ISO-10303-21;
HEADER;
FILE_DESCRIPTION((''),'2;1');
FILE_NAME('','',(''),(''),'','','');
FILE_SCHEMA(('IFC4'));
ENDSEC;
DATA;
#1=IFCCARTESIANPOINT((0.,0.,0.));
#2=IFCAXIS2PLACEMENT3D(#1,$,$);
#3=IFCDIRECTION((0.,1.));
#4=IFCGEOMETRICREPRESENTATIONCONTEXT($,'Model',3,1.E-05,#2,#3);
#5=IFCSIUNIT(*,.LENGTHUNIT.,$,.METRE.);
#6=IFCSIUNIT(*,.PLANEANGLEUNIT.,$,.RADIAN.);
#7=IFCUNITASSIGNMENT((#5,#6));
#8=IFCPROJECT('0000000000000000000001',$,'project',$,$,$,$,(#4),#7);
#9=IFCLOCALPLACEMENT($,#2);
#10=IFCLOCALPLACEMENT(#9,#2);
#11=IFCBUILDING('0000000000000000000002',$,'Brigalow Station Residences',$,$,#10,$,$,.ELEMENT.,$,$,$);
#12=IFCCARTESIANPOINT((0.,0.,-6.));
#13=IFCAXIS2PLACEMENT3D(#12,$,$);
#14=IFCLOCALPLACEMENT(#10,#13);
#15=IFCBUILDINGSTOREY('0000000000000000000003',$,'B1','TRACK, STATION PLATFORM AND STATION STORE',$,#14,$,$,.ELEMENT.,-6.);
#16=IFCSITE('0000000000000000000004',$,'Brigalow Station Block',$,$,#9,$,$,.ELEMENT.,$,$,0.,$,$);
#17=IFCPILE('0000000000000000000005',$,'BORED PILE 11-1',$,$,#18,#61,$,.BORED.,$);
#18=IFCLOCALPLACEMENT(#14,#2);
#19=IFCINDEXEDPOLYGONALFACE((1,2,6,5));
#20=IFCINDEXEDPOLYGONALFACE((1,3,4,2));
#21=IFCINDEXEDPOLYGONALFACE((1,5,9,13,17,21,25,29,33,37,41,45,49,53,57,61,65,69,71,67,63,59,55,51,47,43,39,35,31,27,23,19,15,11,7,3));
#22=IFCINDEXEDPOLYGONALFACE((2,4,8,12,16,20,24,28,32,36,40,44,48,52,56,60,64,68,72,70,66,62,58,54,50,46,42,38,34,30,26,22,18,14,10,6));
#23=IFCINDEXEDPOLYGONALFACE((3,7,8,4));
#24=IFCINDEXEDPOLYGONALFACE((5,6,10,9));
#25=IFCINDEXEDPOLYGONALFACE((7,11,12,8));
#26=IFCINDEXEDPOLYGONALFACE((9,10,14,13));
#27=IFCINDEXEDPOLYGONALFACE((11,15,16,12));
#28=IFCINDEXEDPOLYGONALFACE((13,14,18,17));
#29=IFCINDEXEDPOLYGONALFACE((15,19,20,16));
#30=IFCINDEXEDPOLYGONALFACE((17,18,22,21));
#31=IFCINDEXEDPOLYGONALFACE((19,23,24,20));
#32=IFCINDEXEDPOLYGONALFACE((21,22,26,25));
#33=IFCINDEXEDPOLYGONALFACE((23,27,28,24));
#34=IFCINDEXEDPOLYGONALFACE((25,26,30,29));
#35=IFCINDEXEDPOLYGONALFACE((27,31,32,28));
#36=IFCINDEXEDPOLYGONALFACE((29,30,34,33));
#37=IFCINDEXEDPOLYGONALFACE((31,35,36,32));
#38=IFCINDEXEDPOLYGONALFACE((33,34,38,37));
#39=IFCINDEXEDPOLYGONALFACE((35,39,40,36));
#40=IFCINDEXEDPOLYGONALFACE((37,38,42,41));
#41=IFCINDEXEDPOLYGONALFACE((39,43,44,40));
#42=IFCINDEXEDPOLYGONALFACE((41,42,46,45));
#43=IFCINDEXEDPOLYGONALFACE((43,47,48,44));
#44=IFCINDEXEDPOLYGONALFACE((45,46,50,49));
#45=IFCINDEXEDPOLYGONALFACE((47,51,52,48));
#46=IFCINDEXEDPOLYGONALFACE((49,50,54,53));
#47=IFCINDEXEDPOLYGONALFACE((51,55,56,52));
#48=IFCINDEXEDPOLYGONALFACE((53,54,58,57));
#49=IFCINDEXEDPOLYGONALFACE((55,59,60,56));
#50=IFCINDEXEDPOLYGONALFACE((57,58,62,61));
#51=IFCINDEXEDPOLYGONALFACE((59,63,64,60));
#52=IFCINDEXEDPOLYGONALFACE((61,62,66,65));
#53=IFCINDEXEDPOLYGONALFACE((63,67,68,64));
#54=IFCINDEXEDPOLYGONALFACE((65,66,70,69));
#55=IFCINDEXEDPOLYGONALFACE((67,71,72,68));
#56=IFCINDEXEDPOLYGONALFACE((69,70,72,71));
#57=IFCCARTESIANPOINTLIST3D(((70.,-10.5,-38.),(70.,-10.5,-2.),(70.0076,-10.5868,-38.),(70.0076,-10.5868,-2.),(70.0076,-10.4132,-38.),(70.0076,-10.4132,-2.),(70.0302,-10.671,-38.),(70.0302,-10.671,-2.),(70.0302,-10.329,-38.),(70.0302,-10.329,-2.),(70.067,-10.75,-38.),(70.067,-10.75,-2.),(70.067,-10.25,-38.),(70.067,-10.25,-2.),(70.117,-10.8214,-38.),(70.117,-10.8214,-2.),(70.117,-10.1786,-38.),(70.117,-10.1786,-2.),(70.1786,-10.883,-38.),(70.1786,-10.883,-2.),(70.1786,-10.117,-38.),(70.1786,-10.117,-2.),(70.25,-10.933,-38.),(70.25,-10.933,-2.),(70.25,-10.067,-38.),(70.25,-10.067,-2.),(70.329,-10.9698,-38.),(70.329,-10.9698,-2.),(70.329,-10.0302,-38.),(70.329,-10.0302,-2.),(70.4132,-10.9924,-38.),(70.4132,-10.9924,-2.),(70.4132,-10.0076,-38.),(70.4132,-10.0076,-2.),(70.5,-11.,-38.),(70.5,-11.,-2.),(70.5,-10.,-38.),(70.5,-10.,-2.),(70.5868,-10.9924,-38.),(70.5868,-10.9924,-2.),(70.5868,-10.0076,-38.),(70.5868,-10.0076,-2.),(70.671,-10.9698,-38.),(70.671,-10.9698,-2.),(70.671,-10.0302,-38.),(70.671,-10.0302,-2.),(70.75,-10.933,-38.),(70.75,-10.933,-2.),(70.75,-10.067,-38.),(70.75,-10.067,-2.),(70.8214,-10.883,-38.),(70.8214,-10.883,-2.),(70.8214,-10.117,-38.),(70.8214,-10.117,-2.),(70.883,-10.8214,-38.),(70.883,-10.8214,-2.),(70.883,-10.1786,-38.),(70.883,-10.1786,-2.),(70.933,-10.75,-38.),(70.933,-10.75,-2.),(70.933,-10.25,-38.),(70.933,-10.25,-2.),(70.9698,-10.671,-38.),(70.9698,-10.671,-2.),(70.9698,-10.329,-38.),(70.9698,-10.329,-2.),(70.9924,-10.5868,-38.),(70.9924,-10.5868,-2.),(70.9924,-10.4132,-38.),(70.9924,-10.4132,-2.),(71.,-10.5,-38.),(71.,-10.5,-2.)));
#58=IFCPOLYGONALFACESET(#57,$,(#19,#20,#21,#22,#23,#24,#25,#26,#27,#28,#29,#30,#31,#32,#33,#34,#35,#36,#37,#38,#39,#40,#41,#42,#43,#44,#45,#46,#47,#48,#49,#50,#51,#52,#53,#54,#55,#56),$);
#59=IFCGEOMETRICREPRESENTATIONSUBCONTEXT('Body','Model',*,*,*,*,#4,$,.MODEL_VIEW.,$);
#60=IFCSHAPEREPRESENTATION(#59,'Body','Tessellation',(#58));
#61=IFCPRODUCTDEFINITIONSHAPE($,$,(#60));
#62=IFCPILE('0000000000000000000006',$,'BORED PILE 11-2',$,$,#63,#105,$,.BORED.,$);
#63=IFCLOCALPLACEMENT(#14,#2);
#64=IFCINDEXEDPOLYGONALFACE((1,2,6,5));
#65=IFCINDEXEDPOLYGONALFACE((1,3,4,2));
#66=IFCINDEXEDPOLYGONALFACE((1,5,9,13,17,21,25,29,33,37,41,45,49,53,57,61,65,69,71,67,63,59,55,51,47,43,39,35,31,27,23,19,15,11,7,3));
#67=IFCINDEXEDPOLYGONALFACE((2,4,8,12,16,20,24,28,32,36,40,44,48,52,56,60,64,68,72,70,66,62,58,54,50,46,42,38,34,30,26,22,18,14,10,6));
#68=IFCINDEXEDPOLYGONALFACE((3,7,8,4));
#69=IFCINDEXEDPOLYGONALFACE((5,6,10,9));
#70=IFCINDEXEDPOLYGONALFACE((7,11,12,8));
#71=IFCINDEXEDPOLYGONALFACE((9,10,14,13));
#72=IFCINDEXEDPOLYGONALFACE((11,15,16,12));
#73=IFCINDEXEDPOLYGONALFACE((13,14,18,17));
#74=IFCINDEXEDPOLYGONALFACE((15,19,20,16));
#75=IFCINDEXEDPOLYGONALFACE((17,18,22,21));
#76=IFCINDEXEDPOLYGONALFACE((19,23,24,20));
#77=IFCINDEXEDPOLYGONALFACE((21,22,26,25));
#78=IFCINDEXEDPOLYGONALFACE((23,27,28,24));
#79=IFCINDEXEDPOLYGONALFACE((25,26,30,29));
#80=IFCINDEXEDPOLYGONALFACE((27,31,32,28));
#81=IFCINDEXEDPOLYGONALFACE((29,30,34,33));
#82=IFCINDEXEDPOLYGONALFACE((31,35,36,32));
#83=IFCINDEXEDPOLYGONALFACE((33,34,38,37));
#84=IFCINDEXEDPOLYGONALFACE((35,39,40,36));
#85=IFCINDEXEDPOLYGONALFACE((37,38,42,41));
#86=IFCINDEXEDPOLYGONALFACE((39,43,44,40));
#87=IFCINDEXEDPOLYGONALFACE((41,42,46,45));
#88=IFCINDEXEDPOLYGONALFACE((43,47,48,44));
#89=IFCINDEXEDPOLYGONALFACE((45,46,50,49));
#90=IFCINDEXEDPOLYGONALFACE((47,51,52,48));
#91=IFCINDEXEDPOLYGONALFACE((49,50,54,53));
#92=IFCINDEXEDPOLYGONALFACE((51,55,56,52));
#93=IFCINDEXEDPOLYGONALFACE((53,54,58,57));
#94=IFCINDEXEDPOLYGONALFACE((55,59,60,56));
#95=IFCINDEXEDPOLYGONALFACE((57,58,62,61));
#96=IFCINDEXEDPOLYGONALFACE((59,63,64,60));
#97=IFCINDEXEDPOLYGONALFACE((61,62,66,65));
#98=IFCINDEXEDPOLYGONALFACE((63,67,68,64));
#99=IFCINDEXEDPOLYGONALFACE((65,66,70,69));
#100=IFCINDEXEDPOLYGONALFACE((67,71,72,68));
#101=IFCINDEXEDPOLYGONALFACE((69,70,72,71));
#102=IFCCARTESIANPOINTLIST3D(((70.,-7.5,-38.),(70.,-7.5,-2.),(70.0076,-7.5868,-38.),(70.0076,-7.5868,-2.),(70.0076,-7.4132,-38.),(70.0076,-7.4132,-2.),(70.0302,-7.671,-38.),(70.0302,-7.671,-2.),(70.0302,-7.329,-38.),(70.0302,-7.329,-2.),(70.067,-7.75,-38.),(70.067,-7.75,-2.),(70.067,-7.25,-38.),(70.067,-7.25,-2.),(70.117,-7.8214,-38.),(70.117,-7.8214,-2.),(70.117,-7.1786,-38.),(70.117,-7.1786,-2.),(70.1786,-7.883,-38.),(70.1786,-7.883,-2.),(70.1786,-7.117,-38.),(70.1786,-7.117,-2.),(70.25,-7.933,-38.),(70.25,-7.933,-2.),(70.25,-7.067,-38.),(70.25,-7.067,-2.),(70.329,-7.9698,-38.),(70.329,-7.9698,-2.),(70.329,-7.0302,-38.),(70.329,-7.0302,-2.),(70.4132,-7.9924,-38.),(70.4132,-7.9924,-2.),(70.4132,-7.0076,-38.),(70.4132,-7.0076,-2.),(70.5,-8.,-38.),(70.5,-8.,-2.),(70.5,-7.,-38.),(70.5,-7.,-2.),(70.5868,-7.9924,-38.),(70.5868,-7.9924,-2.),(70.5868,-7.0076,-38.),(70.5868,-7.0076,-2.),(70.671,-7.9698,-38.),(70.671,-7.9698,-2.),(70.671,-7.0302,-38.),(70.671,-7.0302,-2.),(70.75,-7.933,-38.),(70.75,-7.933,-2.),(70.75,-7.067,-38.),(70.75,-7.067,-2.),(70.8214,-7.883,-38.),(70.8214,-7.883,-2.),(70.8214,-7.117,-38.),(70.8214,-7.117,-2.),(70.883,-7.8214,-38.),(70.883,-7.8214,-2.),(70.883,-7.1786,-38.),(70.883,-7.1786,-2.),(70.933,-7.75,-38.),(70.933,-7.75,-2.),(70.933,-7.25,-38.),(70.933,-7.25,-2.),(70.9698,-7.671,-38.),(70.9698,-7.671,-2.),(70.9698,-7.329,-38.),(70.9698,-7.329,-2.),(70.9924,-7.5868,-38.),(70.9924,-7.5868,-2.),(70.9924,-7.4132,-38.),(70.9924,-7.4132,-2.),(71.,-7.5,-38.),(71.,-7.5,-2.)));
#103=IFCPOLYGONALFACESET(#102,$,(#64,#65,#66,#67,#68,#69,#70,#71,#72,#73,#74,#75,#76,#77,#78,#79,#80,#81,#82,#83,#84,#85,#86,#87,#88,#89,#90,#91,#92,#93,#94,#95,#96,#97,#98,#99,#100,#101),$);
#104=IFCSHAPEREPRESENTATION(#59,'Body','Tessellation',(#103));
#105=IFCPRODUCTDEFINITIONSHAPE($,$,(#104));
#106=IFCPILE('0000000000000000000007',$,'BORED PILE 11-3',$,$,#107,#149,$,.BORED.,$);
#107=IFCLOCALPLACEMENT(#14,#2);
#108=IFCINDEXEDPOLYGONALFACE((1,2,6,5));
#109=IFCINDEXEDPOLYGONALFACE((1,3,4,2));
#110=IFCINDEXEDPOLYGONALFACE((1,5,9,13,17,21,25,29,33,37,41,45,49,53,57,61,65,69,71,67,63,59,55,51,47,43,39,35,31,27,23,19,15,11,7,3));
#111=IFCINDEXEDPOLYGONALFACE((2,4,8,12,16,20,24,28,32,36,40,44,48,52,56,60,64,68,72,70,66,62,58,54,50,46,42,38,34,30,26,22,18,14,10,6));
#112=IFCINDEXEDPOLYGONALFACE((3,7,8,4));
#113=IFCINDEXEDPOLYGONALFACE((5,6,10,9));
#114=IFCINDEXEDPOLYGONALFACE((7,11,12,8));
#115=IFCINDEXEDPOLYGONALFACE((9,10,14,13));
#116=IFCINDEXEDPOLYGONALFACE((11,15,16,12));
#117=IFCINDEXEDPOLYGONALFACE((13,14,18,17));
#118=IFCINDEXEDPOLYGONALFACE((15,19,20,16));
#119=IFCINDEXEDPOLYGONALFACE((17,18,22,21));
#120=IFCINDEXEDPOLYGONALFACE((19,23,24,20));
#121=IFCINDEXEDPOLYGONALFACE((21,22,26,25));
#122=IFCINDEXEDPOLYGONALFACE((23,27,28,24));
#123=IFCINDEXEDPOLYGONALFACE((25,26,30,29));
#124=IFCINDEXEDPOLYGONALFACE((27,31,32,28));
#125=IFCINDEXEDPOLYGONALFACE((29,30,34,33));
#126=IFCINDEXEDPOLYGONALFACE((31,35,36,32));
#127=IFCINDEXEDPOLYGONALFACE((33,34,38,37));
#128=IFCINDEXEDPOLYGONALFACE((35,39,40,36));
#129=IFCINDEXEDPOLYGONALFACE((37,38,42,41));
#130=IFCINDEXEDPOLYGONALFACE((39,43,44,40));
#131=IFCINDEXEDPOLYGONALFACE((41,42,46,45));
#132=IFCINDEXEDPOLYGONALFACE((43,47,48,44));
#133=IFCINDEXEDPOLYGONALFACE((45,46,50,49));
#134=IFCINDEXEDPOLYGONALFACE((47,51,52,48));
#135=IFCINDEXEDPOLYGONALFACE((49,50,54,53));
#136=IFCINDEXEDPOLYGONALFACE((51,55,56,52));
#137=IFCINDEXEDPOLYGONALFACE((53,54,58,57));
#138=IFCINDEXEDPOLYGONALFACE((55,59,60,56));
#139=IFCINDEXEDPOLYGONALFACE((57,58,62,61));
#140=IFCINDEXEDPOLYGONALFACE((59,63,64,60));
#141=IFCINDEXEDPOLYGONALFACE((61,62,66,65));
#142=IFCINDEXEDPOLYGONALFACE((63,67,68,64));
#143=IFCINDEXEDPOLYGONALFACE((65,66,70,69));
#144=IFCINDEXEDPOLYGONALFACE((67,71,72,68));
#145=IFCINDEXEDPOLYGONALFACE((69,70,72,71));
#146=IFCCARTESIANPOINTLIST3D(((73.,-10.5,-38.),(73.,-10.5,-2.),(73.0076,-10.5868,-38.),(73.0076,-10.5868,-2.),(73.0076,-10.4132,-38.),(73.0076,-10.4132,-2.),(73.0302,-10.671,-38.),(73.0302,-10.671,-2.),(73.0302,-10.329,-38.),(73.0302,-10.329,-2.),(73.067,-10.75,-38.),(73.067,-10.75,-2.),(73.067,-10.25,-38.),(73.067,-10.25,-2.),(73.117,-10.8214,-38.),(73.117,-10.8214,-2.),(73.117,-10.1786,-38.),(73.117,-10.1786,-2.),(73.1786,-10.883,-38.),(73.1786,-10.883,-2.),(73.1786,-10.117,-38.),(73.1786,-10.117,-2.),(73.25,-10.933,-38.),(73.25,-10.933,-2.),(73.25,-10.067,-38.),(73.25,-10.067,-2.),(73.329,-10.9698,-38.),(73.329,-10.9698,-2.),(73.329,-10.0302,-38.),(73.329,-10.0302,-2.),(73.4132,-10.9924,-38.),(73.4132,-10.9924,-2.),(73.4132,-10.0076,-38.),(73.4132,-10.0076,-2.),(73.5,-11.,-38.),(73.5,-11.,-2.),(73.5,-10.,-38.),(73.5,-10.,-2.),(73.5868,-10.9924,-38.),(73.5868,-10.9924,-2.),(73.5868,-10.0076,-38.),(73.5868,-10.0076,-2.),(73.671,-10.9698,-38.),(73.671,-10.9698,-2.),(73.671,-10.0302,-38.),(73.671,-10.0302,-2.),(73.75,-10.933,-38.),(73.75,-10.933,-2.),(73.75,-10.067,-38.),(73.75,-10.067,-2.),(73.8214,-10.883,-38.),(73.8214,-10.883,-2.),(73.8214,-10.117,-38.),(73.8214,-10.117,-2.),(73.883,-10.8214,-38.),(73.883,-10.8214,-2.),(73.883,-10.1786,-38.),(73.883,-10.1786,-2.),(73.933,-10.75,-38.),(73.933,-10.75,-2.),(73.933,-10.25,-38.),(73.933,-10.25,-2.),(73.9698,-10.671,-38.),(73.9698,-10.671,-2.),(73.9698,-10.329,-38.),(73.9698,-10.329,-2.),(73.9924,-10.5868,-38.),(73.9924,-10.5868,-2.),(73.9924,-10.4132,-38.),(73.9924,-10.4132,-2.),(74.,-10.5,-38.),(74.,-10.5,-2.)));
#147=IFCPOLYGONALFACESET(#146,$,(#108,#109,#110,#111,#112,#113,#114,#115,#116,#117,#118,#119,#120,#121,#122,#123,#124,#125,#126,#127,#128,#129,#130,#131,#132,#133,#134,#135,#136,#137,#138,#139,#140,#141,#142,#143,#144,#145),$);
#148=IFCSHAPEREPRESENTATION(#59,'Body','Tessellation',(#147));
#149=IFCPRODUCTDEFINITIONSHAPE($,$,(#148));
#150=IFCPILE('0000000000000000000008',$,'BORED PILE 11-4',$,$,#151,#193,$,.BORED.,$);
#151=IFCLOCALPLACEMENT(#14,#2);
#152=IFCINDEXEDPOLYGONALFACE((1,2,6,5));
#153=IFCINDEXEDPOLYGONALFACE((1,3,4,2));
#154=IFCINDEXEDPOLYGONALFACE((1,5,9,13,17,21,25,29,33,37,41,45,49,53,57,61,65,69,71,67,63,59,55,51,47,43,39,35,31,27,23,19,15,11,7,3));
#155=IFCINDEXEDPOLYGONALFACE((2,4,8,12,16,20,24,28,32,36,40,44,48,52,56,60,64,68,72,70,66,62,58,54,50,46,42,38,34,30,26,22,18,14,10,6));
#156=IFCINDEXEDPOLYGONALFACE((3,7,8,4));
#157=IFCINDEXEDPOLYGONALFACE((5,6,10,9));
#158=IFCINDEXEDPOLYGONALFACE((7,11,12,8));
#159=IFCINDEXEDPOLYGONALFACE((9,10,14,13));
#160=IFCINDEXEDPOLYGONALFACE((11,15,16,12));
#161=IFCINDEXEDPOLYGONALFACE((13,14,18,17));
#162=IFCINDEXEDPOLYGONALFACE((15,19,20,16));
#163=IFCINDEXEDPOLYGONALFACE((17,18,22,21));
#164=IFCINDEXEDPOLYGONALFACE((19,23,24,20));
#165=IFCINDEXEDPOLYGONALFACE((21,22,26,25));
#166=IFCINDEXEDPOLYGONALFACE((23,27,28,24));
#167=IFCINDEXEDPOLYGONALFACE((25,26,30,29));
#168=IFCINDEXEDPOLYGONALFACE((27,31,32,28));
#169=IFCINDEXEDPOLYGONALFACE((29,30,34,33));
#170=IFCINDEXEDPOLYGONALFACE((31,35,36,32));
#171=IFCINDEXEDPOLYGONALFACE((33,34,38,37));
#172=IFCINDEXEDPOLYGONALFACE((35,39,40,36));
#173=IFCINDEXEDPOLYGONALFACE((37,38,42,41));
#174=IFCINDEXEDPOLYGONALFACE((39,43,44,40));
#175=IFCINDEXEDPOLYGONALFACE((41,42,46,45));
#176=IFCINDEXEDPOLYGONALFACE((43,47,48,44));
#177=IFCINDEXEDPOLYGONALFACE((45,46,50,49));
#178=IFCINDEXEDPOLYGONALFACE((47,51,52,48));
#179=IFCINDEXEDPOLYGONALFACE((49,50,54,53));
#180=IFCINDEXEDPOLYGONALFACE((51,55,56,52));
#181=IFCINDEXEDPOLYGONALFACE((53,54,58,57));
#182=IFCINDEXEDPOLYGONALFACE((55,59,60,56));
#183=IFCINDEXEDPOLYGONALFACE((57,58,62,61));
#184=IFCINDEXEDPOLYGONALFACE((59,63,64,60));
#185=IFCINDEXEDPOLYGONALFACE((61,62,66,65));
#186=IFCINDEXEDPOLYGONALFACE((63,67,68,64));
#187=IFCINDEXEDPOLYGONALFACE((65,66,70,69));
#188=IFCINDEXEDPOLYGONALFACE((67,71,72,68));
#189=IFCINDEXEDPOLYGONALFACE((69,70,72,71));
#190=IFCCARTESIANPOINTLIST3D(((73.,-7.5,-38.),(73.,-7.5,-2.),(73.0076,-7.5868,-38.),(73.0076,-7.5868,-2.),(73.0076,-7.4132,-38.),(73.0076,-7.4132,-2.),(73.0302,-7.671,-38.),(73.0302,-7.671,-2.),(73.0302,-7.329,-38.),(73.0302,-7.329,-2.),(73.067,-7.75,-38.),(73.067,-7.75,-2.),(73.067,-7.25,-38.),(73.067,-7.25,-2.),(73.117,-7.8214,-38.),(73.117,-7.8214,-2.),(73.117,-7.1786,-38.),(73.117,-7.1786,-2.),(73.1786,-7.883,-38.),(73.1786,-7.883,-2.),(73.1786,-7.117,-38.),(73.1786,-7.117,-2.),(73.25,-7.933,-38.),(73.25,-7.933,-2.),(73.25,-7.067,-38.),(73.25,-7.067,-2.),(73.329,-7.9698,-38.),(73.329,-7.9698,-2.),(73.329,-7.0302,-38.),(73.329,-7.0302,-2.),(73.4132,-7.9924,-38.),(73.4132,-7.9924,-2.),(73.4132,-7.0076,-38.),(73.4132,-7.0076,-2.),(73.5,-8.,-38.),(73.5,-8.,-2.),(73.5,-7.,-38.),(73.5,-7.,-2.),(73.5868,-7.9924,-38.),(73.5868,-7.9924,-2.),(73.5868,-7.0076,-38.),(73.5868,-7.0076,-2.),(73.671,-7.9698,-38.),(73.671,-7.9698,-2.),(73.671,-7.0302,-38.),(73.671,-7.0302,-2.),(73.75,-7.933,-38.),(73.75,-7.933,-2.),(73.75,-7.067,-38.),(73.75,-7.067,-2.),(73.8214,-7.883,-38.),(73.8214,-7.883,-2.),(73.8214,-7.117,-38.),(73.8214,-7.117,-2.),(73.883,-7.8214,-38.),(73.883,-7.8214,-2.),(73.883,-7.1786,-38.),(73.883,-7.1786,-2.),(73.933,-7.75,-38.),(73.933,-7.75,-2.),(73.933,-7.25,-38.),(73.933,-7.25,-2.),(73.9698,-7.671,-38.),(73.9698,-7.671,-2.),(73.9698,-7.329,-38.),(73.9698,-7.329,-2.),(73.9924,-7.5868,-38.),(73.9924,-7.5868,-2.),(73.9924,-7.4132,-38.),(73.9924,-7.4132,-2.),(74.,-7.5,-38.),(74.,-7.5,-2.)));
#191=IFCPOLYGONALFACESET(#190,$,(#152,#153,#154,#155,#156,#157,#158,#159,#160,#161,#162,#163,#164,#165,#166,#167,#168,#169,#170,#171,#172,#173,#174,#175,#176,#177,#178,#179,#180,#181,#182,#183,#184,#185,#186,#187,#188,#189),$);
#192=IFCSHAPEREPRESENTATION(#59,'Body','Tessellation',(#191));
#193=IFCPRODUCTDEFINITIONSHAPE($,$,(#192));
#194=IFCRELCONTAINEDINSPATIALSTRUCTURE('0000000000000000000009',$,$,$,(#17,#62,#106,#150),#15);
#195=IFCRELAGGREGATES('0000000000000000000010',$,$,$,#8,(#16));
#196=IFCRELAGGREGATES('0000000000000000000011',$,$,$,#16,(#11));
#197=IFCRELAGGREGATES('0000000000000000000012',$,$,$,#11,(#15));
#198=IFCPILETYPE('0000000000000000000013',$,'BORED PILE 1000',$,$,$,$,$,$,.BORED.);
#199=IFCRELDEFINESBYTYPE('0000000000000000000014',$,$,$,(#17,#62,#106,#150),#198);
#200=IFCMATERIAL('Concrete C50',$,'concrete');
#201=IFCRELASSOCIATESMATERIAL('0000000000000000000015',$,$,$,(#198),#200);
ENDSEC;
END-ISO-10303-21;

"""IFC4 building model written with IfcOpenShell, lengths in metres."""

from ifc_helpers import new_model, si_unit, direction, frame, origin, origin_2d, place, context, subcontext, project, spatial, circle, extrude, material, material_profile, profile_set, type_object, element, save


model = new_model("IFC4")

# Units and contexts
model_context = context("Model", 3, precision=1e-05, world=origin(), true_north=direction((0.0, 1.0)))
body_context = subcontext(model_context, "Body", "Model", "MODEL_VIEW")
ifc_project = project(units=[si_unit("LENGTHUNIT", "METRE"), si_unit("PLANEANGLEUNIT", "RADIAN")], contexts=[model_context])

# Site, building, storey
site_placement = place(None, origin())
site = spatial("IfcSite", under=ifc_project, at=site_placement, Name="Brigalow Station Block", CompositionType="ELEMENT", RefElevation=0.0)
building_placement = place(site_placement, origin())
building = spatial("IfcBuilding", under=site, at=building_placement, Name="Brigalow Station Residences", CompositionType="ELEMENT")
storey_placement = place(building_placement, frame((0.0, 0.0, -6.0)))
storey = spatial("IfcBuildingStorey", under=building, at=storey_placement, Name="B1", Description="TRACK, STATION PLATFORM AND STATION STORE", CompositionType="ELEMENT", Elevation=-6.0)

# Piles
ifc_material_1 = material(Name="Concrete C50", Category="concrete")
ifc_material_profile_1 = material_profile(ifc_material_1, circle(Radius=0.5, at=origin_2d()), Name="BP1000")
ifc_profile_set_1 = profile_set([ifc_material_profile_1], Name="Concrete C50")
pile_type_1 = type_object("IfcPileType", Name="BORED PILE 1000", PredefinedType="BORED", material=ifc_profile_set_1)
for number, where, z_axis, x_axis, name in (
    (1, (70.5, -10.5, -2.0), (0.0, 0.0, -1.0), (1.0, 0.0, 0.0), "BORED PILE 11-1"),
    (2, (70.5, -7.5, -2.0), (0.0, 0.0, -1.0), (1.0, 0.0, 0.0), "BORED PILE 11-2"),
    (3, (73.5, -10.5, -2.0), (0.0, 0.0, -1.0), (1.0, 0.0, 0.0), "BORED PILE 11-3"),
    (4, (73.5, -7.5, -2.0), (0.0, 0.0, -1.0), (1.0, 0.0, 0.0), "BORED PILE 11-4"),
):
    element("IfcPile", number, at=place(storey_placement, frame(where, z_axis=z_axis, x_axis=x_axis)), inside=storey, type_object=pile_type_1, Name=name, PredefinedType="BORED", context=body_context, shape_type="SweptSolid", body=[
        extrude(circle(Radius=0.5, at=origin_2d()), origin(), (0.0, 0.0, 1.0), 36.0),
    ])

save(model, "model.ifc")
